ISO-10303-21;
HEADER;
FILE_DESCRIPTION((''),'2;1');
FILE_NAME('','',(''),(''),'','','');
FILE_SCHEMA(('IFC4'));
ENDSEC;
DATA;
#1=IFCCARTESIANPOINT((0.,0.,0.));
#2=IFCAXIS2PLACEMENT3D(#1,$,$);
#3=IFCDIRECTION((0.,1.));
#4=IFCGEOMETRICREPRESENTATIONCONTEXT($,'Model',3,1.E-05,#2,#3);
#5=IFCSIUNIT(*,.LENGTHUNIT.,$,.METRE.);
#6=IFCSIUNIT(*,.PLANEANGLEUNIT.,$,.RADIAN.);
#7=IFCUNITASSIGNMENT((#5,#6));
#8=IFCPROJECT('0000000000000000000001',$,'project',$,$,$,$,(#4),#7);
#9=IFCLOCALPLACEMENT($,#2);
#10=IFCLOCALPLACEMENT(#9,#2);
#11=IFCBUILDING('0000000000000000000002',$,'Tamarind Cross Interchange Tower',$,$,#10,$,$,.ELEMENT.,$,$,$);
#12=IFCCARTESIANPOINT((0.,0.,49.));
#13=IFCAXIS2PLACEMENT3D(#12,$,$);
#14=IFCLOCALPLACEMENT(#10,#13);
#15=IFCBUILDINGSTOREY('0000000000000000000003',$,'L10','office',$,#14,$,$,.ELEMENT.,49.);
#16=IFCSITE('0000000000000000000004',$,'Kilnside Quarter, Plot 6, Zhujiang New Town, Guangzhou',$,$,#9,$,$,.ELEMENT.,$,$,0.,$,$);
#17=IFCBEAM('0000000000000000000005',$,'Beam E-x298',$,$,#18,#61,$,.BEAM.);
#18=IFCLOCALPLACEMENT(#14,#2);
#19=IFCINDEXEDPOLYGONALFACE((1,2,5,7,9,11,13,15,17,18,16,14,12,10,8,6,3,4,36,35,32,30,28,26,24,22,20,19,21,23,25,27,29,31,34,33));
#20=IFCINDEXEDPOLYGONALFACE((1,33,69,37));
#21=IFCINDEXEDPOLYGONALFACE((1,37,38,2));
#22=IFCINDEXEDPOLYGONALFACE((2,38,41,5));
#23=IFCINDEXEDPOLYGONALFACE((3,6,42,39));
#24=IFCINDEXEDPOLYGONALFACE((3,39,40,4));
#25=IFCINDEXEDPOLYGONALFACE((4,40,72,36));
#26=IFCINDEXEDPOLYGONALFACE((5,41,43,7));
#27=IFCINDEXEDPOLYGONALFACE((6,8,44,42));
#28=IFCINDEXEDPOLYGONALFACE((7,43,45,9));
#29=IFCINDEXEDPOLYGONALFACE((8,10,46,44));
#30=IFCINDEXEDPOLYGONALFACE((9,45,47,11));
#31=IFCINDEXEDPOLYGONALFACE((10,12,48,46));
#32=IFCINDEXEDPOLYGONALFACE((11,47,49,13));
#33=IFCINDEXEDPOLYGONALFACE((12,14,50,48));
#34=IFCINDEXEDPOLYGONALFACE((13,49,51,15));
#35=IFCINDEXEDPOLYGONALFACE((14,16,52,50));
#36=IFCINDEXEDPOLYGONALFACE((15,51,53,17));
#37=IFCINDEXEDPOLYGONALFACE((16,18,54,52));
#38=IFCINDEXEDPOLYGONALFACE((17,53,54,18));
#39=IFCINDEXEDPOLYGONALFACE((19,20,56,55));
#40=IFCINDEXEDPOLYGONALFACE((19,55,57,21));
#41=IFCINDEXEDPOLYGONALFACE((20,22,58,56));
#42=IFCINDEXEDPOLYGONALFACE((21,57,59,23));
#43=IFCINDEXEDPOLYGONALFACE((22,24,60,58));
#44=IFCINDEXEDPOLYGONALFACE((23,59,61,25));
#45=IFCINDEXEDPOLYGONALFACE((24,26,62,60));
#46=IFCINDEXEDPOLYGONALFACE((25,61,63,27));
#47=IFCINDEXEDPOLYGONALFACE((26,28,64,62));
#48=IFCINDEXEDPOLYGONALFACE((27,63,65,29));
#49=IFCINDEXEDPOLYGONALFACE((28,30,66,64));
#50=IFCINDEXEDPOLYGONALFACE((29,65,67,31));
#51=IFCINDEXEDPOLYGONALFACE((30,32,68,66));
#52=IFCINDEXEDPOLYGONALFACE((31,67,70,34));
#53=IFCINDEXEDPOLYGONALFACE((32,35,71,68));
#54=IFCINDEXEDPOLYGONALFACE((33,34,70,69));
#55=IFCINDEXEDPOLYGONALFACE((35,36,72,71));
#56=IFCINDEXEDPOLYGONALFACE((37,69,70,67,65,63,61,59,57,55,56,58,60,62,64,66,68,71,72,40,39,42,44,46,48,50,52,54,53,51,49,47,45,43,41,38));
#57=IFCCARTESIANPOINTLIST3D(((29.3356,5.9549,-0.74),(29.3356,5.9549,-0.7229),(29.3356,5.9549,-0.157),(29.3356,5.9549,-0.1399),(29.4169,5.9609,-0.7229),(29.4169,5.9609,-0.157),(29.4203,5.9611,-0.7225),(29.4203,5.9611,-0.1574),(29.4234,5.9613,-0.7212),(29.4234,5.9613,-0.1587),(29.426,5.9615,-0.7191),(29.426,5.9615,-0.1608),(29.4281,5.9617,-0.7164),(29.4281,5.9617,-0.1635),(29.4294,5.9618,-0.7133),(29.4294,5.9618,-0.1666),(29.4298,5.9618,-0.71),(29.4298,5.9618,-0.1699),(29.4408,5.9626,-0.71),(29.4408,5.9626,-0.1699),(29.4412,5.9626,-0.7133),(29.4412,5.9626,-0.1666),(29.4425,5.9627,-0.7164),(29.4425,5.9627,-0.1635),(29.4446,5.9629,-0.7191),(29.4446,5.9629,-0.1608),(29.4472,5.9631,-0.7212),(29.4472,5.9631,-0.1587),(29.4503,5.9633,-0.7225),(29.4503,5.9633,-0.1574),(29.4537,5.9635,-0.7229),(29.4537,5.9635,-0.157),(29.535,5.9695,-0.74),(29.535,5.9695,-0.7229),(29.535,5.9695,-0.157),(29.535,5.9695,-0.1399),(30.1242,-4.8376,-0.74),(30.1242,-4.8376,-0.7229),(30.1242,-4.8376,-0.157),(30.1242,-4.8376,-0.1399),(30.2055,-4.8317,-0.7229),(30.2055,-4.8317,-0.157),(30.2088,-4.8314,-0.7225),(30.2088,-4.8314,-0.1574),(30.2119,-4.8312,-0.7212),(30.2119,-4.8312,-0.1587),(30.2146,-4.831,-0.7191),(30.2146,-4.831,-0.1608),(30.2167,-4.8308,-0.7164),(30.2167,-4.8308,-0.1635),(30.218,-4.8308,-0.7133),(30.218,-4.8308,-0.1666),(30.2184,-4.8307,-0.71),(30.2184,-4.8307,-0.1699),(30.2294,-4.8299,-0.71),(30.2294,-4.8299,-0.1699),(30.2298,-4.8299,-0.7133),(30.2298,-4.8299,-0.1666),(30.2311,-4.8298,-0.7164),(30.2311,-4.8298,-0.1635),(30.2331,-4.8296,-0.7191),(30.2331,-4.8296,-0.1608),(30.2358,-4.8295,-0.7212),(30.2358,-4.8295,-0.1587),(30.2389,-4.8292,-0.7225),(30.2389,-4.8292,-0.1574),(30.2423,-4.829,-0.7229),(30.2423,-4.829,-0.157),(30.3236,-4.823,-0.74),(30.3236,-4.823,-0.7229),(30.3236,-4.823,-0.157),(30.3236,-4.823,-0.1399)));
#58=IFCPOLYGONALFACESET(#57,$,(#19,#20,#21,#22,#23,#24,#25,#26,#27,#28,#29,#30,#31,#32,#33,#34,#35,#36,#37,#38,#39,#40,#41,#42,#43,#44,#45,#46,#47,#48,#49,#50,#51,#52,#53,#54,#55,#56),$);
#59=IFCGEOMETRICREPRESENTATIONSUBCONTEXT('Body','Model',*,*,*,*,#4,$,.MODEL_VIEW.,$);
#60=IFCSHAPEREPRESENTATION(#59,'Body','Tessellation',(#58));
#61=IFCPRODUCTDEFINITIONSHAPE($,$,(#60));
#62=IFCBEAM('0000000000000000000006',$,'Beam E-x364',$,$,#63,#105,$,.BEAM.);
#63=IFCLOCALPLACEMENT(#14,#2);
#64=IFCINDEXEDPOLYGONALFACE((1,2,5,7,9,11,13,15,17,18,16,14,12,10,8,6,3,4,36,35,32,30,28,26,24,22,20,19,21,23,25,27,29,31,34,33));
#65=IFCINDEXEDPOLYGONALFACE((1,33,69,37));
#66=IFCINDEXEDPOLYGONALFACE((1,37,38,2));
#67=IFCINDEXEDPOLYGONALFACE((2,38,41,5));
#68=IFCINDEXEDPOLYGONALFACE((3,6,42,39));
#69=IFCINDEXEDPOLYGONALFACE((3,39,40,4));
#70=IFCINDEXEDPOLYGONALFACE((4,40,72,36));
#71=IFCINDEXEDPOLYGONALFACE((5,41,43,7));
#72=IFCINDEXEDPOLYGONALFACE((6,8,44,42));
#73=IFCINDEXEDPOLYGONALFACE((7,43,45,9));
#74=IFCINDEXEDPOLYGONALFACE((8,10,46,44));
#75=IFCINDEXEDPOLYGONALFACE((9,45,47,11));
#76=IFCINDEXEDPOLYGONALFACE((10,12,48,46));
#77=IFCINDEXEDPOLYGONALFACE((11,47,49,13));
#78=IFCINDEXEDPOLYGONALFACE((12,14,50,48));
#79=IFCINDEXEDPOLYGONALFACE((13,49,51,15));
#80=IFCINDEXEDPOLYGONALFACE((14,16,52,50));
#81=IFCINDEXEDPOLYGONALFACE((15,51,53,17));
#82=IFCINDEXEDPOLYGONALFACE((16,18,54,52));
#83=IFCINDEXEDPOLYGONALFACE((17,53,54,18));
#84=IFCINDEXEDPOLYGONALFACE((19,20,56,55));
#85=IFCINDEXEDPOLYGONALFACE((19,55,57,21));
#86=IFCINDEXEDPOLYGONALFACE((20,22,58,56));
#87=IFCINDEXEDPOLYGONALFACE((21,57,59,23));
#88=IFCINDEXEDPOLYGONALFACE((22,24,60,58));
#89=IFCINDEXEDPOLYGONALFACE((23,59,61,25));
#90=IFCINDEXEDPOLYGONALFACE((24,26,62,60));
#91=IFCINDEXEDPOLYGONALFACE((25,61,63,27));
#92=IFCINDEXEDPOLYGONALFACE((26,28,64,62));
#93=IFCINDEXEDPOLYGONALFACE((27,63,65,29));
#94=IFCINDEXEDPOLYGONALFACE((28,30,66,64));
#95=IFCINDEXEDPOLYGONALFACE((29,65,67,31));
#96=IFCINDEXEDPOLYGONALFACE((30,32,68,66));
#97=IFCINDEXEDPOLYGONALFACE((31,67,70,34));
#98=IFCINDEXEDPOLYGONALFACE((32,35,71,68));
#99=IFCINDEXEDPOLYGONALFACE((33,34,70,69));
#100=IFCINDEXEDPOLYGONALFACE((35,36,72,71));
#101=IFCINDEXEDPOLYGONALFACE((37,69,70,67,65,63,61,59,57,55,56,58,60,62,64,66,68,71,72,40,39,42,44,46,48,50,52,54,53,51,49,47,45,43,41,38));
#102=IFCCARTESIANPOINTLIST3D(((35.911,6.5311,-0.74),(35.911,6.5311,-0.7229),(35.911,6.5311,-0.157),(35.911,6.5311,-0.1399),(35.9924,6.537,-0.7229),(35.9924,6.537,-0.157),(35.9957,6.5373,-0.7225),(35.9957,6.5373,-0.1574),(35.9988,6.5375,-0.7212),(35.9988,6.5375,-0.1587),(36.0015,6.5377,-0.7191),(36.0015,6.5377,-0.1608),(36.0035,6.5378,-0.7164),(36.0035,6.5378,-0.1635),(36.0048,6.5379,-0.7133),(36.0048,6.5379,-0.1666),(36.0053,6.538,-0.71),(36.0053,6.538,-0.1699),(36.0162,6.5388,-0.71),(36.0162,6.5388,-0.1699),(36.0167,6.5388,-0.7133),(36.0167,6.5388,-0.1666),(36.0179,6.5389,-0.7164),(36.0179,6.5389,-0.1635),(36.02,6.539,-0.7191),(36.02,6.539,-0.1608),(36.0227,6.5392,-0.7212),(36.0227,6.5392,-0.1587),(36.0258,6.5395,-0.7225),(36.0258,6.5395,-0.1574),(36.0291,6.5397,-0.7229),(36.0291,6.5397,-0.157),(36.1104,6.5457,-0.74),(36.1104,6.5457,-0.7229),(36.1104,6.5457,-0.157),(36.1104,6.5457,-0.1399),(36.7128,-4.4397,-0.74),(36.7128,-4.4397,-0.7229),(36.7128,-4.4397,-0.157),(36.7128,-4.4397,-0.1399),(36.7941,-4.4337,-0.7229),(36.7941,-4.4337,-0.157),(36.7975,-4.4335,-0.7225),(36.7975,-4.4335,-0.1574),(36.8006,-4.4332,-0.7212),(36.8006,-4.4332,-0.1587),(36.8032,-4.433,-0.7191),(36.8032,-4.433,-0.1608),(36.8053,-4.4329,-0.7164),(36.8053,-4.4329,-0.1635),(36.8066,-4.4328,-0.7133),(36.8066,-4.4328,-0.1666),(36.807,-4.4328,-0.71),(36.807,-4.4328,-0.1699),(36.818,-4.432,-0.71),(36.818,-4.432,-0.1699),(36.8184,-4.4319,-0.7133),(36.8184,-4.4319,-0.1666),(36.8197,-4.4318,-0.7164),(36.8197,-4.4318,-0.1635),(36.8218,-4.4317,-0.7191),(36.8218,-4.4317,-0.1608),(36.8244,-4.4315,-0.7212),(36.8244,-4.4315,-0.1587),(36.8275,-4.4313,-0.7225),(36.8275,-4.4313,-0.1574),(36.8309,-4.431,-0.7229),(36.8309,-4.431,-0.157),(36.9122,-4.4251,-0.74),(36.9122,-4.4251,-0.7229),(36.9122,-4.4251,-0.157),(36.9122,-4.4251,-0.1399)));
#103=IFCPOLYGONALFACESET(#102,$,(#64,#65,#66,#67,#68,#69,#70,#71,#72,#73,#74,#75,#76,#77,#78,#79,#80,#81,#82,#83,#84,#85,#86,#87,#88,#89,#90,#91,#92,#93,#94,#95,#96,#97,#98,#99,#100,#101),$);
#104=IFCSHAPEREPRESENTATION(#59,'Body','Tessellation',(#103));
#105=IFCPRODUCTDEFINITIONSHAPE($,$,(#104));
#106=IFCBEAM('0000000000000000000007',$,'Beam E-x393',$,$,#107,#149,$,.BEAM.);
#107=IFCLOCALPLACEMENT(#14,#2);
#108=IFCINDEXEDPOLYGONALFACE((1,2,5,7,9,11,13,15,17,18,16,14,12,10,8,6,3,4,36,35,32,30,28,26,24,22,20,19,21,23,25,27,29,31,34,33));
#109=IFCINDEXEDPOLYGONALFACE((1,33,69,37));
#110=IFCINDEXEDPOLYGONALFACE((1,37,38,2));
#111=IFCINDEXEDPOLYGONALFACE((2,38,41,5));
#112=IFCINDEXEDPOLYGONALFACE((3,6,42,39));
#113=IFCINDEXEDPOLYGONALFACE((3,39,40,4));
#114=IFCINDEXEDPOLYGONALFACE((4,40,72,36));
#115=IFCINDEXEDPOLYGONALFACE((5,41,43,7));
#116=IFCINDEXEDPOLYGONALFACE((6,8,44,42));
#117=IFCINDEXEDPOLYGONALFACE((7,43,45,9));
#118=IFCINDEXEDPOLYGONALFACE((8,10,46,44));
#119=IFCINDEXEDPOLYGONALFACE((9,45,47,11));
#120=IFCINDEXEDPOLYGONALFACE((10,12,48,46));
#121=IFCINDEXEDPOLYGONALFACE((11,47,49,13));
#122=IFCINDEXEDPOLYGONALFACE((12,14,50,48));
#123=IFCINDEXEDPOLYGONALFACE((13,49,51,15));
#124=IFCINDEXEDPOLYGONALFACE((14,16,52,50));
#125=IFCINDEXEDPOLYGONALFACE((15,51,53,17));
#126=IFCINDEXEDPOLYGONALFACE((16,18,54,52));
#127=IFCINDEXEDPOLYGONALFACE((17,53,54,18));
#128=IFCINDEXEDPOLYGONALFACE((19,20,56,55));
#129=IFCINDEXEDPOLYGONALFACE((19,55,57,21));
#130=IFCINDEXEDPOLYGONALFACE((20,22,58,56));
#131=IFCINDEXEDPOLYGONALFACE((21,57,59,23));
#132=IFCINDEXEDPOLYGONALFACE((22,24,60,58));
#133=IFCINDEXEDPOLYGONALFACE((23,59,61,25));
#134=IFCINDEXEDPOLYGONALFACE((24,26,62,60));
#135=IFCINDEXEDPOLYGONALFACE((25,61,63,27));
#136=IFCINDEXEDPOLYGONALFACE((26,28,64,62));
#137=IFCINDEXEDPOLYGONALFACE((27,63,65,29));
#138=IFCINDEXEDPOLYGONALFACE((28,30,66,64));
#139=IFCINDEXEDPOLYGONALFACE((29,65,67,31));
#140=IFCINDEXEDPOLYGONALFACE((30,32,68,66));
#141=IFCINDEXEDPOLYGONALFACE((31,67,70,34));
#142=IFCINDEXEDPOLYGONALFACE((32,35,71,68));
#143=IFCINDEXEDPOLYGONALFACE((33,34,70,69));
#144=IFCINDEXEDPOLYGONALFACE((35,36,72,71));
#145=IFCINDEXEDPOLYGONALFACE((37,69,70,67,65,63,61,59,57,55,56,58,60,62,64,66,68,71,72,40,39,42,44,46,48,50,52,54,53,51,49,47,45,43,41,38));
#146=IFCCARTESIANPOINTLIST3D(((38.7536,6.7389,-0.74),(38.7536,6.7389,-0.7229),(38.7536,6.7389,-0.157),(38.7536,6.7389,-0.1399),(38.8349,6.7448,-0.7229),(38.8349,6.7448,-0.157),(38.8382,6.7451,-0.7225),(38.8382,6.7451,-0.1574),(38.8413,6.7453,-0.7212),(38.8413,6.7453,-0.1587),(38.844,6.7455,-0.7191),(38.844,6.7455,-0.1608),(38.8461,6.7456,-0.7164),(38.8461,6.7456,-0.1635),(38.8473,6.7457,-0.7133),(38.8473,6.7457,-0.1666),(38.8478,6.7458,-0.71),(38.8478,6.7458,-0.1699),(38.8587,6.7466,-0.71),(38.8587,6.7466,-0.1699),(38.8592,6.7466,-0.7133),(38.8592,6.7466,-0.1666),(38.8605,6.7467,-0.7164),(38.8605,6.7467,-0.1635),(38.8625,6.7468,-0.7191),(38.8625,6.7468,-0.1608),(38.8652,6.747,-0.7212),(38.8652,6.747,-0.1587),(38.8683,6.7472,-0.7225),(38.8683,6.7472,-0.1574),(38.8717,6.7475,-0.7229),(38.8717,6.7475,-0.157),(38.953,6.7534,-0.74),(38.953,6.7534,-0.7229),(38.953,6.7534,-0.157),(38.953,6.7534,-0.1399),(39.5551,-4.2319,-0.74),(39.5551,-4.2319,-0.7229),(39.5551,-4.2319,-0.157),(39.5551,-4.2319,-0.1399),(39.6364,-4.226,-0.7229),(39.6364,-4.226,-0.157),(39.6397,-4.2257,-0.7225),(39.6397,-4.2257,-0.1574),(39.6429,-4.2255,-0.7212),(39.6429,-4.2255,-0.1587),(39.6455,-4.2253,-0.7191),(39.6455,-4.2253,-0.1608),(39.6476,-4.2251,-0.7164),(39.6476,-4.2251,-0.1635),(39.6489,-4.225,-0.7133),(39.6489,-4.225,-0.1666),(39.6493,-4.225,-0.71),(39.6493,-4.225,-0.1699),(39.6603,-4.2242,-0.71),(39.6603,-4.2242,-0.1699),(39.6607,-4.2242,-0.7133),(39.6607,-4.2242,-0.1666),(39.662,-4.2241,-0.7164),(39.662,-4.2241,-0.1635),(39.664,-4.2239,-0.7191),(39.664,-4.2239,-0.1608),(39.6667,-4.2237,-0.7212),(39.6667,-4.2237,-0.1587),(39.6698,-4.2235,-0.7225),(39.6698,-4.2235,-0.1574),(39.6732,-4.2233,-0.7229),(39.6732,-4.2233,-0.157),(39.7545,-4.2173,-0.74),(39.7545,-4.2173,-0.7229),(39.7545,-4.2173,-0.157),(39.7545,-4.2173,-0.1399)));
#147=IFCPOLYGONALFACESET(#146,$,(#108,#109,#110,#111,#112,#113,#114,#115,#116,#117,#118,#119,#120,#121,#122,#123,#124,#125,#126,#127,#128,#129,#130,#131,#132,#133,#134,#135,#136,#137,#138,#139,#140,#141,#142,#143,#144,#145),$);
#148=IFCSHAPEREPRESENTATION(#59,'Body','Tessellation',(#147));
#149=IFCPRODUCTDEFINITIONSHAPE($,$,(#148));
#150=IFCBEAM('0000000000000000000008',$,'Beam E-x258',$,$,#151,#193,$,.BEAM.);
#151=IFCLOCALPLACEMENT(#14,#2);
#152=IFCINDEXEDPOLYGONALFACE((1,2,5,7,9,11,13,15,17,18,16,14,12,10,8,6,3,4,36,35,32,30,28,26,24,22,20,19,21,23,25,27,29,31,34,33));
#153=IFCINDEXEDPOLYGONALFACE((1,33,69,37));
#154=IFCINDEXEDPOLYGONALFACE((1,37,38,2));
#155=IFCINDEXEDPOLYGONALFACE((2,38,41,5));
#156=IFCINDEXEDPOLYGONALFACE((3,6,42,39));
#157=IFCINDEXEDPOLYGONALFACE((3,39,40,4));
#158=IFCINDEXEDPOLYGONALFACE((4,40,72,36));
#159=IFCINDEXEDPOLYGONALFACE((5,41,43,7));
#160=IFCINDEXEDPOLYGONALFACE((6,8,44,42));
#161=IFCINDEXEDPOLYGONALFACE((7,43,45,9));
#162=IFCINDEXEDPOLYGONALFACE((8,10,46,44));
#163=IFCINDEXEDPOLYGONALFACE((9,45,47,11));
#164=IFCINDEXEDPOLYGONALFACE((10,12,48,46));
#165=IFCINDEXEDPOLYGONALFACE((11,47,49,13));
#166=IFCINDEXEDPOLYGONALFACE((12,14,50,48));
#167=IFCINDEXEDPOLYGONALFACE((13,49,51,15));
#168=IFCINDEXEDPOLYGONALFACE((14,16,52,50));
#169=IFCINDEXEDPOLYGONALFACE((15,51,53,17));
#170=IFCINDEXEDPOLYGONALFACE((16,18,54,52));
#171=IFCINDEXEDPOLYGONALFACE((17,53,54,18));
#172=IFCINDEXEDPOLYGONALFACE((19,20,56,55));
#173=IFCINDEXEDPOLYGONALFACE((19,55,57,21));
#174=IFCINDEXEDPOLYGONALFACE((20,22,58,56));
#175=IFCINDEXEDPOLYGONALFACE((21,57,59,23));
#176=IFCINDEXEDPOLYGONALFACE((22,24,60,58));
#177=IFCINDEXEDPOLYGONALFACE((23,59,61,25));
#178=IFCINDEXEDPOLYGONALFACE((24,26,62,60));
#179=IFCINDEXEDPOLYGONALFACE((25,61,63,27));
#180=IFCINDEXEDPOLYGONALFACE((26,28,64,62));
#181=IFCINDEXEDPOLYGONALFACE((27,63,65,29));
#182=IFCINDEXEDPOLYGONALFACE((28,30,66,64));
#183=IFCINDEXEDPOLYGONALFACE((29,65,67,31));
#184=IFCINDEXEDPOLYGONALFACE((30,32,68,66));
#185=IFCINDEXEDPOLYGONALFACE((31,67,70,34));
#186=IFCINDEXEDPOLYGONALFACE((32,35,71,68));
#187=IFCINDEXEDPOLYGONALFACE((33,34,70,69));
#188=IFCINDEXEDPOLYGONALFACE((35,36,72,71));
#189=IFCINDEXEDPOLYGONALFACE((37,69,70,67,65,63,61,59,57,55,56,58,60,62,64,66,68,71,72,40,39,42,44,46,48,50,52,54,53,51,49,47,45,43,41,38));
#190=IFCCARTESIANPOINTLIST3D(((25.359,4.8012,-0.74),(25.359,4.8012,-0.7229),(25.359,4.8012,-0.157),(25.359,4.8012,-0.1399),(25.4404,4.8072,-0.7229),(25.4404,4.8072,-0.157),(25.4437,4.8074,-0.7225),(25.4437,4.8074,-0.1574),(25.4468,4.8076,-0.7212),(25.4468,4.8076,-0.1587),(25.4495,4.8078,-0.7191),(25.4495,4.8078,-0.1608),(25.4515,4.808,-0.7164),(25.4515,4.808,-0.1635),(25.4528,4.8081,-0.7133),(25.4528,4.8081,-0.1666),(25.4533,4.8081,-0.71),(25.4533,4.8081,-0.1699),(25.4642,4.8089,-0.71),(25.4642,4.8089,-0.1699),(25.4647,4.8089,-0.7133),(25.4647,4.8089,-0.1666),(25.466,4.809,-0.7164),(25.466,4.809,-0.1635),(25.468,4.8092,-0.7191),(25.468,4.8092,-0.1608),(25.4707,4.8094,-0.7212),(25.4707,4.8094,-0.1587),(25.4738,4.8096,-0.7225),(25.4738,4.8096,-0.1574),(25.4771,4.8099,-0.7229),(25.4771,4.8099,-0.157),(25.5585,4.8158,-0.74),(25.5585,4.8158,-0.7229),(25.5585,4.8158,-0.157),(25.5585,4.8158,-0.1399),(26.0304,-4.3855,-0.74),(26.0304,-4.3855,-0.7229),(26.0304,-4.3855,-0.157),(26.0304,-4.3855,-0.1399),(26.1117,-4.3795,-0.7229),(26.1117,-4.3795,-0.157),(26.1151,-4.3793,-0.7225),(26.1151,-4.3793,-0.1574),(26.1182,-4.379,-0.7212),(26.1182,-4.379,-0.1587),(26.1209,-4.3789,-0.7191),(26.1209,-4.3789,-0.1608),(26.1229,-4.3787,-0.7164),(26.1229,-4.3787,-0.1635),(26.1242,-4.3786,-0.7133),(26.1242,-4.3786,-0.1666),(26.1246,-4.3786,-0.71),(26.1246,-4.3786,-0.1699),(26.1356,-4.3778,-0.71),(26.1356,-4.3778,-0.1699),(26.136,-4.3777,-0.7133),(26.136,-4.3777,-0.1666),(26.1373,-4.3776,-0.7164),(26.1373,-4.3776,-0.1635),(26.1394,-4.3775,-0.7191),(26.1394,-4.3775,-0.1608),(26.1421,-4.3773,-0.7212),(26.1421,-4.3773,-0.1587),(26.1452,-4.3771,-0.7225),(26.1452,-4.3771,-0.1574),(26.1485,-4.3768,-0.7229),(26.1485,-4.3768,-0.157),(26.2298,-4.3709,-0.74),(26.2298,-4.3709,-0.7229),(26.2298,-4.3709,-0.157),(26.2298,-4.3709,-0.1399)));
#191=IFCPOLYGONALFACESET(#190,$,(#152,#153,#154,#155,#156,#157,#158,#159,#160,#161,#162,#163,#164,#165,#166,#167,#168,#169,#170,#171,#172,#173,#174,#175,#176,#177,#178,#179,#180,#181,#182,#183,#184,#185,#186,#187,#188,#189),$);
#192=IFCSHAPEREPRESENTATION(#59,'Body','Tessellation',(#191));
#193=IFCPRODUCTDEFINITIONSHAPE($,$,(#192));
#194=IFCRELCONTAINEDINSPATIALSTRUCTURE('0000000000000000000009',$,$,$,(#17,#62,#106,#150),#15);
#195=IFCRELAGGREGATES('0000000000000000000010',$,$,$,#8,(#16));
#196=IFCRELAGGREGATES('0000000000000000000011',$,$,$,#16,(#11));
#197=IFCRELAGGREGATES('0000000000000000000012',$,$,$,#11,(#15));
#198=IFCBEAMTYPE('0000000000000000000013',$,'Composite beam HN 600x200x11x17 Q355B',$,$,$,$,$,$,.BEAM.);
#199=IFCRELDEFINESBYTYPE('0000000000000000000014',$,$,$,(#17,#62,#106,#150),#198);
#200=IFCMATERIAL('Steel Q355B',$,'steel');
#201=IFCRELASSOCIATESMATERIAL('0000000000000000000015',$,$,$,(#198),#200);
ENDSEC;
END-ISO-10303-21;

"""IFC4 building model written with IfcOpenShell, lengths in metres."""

from ifc_helpers import new_model, si_unit, direction, frame, origin, origin_2d, place, context, subcontext, project, spatial, i_section, extrude, material, material_profile, profile_set, type_object, element, save


model = new_model("IFC4")

# Units and contexts
model_context = context("Model", 3, precision=1e-05, world=origin(), true_north=direction((0.0, 1.0)))
body_context = subcontext(model_context, "Body", "Model", "MODEL_VIEW")
ifc_project = project(units=[si_unit("LENGTHUNIT", "METRE"), si_unit("PLANEANGLEUNIT", "RADIAN")], contexts=[model_context])

# Site, building, storey
site_placement = place(None, origin())
site = spatial("IfcSite", under=ifc_project, at=site_placement, Name="Kilnside Quarter, Plot 6, Zhujiang New Town, Guangzhou", CompositionType="ELEMENT", RefElevation=0.0)
building_placement = place(site_placement, origin())
building = spatial("IfcBuilding", under=site, at=building_placement, Name="Tamarind Cross Interchange Tower", CompositionType="ELEMENT")
storey_placement = place(building_placement, frame((0.0, 0.0, 49.0)))
storey = spatial("IfcBuildingStorey", under=building, at=storey_placement, Name="L10", Description="office", CompositionType="ELEMENT", Elevation=49.0)

# Beams
ifc_material_1 = material(Name="Steel Q355B", Category="steel")
ifc_material_profile_1 = material_profile(ifc_material_1, i_section(OverallWidth=0.2, OverallDepth=0.6001, WebThickness=0.011, FlangeThickness=0.0171, FilletRadius=0.0129, at=origin_2d()), Name="HN 600x200x11x17")
ifc_profile_set_1 = profile_set([ifc_material_profile_1], Name="Steel Q355B")
beam_type_1 = type_object("IfcBeamType", Name="Composite beam HN 600x200x11x17 Q355B", PredefinedType="BEAM", material=ifc_profile_set_1)
beam_1_placement = place(storey_placement, frame((30.2239, -4.8303, -0.4399), z_axis=(-0.072873, 0.997341, 0.0), x_axis=(-0.997341, -0.072873, 0.0)))
element("IfcBeam", 1, at=beam_1_placement, inside=storey, type_object=beam_type_1, Name="Beam E-x298", PredefinedType="BEAM", context=body_context, shape_type="SweptSolid", body=[
    extrude(i_section(OverallWidth=0.2, OverallDepth=0.6001, WebThickness=0.011, FlangeThickness=0.0171, FilletRadius=0.0129, at=origin_2d()), origin(), (0.0, 0.0, 1.0), 10.8213),
])
for number, where, z_axis, x_axis, name in (
    (2, (36.8125, -4.4324, -0.4399), (-0.072887, 0.99734, 0.0), (-0.99734, -0.072887, 0.0), "Beam E-x364"),
    (3, (39.6548, -4.2246, -0.4399), (-0.072865, 0.997342, 0.0), (-0.997342, -0.072865, 0.0), "Beam E-x393"),
):
    element("IfcBeam", number, at=place(storey_placement, frame(where, z_axis=z_axis, x_axis=x_axis)), inside=storey, type_object=beam_type_1, Name=name, PredefinedType="BEAM", context=body_context, shape_type="SweptSolid", body=[
        extrude(i_section(OverallWidth=0.2, OverallDepth=0.6001, WebThickness=0.011, FlangeThickness=0.0171, FilletRadius=0.0129, at=origin_2d()), origin(), (0.0, 0.0, 1.0), 11.0),
    ])
beam_2_placement = place(storey_placement, frame((26.1301, -4.3782, -0.4399), z_axis=(-0.072888, 0.99734, 0.0), x_axis=(-0.99734, -0.072888, 0.0)))
element("IfcBeam", 4, at=beam_2_placement, inside=storey, type_object=beam_type_1, Name="Beam E-x258", PredefinedType="BEAM", context=body_context, shape_type="SweptSolid", body=[
    extrude(i_section(OverallWidth=0.2, OverallDepth=0.6001, WebThickness=0.011, FlangeThickness=0.0171, FilletRadius=0.0129, at=origin_2d()), origin(), (0.0, 0.0, 1.0), 9.2112),
])

save(model, "model.ifc")
